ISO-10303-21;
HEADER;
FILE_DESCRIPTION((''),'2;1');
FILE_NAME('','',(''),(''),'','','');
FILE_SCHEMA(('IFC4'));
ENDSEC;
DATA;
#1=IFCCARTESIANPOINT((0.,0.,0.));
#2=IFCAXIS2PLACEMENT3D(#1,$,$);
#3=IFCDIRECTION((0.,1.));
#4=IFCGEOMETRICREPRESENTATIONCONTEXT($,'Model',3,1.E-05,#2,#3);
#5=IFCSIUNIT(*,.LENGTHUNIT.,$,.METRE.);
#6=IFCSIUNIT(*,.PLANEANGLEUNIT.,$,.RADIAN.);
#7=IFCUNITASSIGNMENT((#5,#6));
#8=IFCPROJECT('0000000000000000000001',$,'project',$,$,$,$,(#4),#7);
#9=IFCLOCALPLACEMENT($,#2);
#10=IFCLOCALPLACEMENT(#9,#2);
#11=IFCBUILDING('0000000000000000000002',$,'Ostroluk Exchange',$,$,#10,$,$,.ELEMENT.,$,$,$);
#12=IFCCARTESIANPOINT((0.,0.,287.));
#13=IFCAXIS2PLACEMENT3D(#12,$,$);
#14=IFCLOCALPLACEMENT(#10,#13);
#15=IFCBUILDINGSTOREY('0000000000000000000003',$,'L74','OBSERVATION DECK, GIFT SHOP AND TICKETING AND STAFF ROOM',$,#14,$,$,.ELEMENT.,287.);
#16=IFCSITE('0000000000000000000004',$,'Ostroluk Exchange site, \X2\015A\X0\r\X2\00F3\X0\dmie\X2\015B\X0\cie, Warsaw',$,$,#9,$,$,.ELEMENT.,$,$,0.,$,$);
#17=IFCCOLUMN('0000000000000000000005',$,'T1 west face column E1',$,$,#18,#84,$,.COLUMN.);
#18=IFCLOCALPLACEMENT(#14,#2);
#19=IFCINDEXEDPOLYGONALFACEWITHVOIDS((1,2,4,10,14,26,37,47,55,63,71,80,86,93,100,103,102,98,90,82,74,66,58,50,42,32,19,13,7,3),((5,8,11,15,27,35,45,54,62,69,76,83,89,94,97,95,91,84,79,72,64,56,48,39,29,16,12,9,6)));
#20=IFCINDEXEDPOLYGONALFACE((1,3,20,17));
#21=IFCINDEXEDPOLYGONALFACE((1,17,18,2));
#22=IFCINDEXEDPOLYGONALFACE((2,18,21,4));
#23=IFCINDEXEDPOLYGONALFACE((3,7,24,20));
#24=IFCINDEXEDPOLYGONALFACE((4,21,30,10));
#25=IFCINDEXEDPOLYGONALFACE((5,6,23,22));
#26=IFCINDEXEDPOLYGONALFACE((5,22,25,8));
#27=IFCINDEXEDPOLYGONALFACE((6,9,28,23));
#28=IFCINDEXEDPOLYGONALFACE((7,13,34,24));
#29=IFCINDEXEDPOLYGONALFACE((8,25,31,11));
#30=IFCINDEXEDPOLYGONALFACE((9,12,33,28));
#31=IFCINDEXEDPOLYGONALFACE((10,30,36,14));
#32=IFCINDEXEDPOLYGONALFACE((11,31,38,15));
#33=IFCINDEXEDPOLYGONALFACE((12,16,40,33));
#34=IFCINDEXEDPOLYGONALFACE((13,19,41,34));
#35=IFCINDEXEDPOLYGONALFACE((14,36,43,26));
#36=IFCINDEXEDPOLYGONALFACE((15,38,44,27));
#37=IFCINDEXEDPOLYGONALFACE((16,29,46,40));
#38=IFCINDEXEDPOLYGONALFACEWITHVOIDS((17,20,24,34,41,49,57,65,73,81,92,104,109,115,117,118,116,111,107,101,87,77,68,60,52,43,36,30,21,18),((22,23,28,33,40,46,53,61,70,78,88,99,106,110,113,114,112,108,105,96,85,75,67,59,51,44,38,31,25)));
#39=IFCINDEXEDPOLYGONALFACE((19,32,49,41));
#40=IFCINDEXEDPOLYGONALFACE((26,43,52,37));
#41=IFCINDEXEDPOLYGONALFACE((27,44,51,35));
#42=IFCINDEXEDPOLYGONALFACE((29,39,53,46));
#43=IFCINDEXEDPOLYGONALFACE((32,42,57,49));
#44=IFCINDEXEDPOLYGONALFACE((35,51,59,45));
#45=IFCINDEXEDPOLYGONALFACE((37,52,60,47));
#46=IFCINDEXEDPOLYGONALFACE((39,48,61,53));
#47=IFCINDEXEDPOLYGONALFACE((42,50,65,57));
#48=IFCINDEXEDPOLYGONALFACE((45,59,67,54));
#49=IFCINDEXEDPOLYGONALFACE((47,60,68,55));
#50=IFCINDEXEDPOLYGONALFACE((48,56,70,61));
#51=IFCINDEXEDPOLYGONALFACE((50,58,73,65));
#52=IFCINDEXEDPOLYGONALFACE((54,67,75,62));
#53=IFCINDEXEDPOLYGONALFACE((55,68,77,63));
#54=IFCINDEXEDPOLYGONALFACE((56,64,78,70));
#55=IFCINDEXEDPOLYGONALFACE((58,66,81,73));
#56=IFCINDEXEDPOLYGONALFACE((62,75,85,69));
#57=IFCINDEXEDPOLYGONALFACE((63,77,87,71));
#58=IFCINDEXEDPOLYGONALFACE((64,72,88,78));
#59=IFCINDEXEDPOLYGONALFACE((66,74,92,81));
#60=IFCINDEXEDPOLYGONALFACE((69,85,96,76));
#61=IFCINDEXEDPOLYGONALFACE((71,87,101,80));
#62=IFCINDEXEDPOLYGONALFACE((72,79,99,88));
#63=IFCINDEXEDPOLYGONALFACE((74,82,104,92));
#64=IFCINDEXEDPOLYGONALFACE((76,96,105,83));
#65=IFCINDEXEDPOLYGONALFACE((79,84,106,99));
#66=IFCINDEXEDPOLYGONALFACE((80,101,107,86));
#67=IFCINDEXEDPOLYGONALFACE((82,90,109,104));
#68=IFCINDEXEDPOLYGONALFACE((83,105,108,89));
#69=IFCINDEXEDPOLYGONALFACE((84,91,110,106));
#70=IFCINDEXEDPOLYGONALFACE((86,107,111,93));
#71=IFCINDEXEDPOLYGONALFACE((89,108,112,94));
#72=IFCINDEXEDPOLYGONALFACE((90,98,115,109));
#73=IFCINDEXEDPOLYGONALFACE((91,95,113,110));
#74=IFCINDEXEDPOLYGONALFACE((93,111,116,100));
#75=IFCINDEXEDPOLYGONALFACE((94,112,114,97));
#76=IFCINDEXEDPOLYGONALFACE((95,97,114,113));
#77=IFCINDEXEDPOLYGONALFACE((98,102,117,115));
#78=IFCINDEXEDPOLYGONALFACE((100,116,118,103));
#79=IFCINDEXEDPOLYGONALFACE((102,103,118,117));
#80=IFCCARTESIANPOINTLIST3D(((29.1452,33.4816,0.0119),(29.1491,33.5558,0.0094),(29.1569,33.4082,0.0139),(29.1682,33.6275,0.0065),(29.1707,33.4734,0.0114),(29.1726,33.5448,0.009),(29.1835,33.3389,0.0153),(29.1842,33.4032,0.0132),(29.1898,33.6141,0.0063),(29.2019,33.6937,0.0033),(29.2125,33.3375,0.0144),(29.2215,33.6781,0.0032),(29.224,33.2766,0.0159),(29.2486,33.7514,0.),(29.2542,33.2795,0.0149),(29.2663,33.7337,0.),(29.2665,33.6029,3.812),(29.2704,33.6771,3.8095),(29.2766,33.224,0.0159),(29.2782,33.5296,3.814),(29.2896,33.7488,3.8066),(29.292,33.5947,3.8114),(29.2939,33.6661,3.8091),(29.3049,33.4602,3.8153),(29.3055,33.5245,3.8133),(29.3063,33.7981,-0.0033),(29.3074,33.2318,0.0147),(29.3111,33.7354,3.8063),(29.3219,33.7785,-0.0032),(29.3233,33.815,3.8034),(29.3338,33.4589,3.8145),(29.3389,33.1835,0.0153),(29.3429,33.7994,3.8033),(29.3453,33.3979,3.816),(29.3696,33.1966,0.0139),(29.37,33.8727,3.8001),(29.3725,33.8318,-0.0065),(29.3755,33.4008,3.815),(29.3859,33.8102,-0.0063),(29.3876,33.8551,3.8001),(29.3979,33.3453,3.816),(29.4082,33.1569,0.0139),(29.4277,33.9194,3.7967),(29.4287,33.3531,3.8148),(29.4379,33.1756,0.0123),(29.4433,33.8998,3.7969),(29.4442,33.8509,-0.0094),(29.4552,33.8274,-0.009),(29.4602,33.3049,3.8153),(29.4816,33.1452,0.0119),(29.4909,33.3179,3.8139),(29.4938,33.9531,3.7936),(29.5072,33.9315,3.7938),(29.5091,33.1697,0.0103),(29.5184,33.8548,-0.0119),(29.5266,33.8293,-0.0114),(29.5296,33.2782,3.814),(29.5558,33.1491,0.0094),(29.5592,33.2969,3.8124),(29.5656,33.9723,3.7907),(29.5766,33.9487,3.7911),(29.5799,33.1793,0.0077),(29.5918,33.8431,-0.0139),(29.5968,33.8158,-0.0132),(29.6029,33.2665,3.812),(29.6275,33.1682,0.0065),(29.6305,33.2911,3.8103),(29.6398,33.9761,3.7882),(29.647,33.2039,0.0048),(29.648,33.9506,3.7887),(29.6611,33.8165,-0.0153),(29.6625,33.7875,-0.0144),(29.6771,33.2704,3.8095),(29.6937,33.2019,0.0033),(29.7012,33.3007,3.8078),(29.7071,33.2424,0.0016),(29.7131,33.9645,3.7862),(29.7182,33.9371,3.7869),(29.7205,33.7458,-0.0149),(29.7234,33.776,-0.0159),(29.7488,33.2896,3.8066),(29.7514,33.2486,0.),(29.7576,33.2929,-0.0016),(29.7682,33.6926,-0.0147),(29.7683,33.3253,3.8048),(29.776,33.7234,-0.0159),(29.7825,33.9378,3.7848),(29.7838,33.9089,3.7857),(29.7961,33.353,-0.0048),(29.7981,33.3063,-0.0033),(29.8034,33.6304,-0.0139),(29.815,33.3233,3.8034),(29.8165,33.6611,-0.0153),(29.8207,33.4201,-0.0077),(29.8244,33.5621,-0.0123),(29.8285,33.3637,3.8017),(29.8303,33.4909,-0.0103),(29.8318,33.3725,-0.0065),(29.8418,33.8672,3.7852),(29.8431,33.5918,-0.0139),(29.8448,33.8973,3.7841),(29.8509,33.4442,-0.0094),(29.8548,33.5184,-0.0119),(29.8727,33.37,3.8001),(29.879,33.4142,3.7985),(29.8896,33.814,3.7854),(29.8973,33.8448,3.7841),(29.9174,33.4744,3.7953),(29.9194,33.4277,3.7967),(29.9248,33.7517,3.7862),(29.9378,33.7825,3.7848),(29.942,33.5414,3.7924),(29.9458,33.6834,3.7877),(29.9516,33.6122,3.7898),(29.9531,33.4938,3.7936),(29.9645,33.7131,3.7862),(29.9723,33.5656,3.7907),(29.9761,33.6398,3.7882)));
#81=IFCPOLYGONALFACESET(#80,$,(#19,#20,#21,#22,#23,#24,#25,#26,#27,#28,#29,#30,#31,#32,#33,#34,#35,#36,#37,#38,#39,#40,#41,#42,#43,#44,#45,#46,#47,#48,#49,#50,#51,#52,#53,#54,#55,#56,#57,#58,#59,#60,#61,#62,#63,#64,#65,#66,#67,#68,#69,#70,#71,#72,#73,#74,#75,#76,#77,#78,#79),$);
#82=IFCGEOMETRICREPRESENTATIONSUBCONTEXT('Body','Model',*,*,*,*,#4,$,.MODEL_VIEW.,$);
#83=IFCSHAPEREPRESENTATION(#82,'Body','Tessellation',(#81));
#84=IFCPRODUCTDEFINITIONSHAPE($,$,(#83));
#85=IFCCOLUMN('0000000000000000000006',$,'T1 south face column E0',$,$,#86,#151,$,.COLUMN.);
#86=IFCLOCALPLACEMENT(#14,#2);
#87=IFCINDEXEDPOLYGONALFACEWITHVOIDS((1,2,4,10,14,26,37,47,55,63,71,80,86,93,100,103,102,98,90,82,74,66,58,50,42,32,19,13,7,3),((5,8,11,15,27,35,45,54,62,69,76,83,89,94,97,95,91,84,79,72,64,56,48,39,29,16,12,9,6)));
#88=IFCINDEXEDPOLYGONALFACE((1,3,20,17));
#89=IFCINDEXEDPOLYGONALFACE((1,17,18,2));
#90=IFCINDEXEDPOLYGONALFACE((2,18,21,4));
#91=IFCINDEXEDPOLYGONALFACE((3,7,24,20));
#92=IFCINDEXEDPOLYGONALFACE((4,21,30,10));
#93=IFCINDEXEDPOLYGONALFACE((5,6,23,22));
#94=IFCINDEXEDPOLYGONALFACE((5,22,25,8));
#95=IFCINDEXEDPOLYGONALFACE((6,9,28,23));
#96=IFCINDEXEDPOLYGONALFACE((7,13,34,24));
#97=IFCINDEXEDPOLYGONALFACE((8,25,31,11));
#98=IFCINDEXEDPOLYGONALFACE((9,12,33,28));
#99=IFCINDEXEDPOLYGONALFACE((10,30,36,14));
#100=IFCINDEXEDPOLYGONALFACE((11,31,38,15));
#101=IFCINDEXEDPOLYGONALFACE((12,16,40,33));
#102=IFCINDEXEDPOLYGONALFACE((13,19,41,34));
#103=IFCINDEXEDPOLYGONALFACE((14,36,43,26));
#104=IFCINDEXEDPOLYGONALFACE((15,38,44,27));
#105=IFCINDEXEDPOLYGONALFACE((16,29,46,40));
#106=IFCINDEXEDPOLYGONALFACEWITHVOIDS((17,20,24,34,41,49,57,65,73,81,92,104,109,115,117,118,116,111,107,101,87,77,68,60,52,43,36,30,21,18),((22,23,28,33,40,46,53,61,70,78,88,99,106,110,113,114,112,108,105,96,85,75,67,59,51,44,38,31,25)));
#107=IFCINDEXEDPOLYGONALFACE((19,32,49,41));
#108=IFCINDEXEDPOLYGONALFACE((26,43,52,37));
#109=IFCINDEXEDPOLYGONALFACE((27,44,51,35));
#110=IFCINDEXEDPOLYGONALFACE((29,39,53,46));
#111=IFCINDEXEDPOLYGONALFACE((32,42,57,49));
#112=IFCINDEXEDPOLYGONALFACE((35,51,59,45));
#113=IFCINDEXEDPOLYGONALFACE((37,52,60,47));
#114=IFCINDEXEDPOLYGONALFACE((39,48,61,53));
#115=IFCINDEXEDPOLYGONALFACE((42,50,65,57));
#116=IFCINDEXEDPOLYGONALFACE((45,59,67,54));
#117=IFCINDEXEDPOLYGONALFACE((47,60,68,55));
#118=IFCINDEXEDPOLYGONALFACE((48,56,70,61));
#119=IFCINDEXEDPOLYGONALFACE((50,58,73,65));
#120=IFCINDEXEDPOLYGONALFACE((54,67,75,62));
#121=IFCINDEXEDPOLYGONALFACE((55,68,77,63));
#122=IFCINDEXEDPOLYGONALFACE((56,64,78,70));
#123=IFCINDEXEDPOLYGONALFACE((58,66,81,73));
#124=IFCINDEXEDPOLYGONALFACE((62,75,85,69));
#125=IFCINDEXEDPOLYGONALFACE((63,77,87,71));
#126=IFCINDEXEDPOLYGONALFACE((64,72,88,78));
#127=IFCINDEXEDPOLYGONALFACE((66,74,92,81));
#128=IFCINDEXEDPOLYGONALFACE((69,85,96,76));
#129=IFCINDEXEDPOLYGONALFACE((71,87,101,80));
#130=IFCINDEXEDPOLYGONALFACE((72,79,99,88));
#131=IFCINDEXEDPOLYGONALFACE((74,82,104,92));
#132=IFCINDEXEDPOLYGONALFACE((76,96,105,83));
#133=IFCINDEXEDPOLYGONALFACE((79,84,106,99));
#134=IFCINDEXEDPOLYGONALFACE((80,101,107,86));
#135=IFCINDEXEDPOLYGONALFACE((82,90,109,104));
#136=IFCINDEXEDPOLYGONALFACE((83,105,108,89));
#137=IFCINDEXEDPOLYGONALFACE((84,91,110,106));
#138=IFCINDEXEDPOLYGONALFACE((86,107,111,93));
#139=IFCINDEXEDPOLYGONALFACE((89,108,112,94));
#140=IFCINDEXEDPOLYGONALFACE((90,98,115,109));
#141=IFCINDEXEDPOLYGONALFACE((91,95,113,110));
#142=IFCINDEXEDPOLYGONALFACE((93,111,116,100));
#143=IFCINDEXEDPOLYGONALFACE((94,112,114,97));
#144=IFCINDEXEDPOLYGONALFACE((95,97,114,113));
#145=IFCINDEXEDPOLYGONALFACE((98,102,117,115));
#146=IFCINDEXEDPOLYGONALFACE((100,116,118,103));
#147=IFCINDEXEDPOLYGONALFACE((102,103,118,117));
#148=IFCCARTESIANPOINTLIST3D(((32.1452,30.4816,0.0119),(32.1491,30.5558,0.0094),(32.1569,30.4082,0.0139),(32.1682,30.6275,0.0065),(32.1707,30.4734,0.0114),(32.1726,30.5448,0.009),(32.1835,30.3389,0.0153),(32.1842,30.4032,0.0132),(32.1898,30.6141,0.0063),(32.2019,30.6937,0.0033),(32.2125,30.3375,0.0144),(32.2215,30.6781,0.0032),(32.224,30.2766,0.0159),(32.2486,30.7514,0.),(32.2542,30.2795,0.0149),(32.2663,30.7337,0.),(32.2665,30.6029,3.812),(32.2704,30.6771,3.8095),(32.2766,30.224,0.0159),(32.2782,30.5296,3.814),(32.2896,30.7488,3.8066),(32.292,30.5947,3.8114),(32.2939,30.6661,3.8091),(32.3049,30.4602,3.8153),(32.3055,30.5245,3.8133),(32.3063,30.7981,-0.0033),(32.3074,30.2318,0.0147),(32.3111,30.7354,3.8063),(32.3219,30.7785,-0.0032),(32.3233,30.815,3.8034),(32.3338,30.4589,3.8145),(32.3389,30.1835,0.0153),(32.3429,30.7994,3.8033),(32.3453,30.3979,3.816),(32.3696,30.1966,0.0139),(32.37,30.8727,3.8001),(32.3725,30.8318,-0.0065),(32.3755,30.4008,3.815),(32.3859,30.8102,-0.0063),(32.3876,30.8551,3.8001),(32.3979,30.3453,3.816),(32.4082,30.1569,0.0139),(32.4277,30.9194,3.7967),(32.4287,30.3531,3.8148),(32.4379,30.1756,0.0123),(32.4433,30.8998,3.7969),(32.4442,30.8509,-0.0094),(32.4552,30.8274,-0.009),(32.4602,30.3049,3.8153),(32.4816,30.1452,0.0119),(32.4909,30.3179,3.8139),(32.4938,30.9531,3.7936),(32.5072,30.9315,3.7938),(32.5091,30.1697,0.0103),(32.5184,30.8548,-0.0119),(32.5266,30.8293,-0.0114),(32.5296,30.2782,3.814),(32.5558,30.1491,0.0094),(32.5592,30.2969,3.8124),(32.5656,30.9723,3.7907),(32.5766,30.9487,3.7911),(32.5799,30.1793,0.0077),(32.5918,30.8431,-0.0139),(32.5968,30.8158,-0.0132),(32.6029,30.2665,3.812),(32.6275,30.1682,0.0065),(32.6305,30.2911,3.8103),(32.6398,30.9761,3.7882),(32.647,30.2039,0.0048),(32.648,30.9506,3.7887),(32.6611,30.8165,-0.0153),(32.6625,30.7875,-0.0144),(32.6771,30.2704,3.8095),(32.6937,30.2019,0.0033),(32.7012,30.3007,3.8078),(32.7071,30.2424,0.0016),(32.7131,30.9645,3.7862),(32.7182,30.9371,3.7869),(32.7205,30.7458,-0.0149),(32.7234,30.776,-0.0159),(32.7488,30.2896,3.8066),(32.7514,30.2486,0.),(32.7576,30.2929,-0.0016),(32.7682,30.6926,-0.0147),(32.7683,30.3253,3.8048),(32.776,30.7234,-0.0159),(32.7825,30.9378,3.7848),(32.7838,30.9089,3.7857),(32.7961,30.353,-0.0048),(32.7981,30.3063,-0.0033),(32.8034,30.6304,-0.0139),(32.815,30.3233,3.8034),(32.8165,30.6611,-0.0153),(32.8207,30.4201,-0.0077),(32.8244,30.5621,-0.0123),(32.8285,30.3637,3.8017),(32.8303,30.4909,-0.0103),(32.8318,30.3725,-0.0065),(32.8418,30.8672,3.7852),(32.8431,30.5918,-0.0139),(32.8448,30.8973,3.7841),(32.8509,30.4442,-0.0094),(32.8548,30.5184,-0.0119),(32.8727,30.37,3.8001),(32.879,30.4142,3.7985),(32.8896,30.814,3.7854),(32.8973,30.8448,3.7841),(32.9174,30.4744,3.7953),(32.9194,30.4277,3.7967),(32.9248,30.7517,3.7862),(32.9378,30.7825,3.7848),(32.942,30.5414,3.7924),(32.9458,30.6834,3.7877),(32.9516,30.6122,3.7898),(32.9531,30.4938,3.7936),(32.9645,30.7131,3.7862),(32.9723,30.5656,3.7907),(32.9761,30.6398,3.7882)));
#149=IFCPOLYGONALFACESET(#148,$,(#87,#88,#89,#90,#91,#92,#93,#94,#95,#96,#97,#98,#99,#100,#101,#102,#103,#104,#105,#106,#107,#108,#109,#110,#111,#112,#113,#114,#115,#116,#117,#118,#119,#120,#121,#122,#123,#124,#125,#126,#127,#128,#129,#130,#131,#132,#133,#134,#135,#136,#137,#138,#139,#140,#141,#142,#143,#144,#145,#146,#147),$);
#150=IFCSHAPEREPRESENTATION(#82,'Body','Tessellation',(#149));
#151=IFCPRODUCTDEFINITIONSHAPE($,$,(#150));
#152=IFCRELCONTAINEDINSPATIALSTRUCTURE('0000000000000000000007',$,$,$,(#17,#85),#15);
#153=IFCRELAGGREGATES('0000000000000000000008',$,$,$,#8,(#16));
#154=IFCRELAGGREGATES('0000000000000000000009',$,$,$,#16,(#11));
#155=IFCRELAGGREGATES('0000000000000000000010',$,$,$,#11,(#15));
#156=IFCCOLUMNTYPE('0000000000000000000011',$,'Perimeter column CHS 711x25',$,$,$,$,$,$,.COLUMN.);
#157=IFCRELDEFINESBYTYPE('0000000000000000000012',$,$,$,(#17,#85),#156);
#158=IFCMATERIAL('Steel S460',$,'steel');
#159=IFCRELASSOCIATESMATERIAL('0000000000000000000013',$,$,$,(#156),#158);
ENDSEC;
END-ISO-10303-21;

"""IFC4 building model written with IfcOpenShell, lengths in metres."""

from ifc_helpers import new_model, si_unit, direction, frame, origin, origin_2d, place, context, subcontext, project, spatial, hollow_circle, extrude, material, material_profile, profile_set, type_object, element, save


model = new_model("IFC4")

# Units and contexts
model_context = context("Model", 3, precision=1e-05, world=origin(), true_north=direction((0.0, 1.0)))
body_context = subcontext(model_context, "Body", "Model", "MODEL_VIEW")
ifc_project = project(units=[si_unit("LENGTHUNIT", "METRE"), si_unit("PLANEANGLEUNIT", "RADIAN")], contexts=[model_context])

# Site, building, storey
site_placement = place(None, origin())
site = spatial("IfcSite", under=ifc_project, at=site_placement, Name="Ostroluk Exchange site, Śródmieście, Warsaw", CompositionType="ELEMENT", RefElevation=0.0)
building_placement = place(site_placement, origin())
building = spatial("IfcBuilding", under=site, at=building_placement, Name="Ostroluk Exchange", CompositionType="ELEMENT")
storey_placement = place(building_placement, frame((0.0, 0.0, 287.0)))
storey = spatial("IfcBuildingStorey", under=building, at=storey_placement, Name="L74", Description="OBSERVATION DECK, GIFT SHOP AND TICKETING AND STAFF ROOM", CompositionType="ELEMENT", Elevation=287.0)

# Columns
ifc_material_1 = material(Name="Steel S460", Category="steel")
ifc_material_profile_1 = material_profile(ifc_material_1, hollow_circle(Radius=0.3555, WallThickness=0.0249, at=origin_2d()), Name="CHS 711x25")
ifc_profile_set_1 = profile_set([ifc_material_profile_1], Name="Steel S460")
column_type = type_object("IfcColumnType", Name="Perimeter column CHS 711x25", PredefinedType="COLUMN", material=ifc_profile_set_1)
for number, where, z_axis, x_axis, name in (
    (1, (29.5, 33.5, 0.0), (0.031898, 0.031898, 0.998982), (-0.707107, 0.707107, 0.0), "T1 west face column E1"),
    (2, (32.5, 30.5, 0.0), (0.031898, 0.031898, 0.998982), (-0.707107, 0.707107, 0.0), "T1 south face column E0"),
):
    element("IfcColumn", number, at=place(storey_placement, frame(where, z_axis=z_axis, x_axis=x_axis)), inside=storey, type_object=column_type, Name=name, PredefinedType="COLUMN", context=body_context, shape_type="SweptSolid", body=[
        extrude(hollow_circle(Radius=0.3555, WallThickness=0.0249, at=origin_2d()), origin(), (0.0, 0.0, 1.0), 3.804),
    ])

save(model, "model.ifc")
